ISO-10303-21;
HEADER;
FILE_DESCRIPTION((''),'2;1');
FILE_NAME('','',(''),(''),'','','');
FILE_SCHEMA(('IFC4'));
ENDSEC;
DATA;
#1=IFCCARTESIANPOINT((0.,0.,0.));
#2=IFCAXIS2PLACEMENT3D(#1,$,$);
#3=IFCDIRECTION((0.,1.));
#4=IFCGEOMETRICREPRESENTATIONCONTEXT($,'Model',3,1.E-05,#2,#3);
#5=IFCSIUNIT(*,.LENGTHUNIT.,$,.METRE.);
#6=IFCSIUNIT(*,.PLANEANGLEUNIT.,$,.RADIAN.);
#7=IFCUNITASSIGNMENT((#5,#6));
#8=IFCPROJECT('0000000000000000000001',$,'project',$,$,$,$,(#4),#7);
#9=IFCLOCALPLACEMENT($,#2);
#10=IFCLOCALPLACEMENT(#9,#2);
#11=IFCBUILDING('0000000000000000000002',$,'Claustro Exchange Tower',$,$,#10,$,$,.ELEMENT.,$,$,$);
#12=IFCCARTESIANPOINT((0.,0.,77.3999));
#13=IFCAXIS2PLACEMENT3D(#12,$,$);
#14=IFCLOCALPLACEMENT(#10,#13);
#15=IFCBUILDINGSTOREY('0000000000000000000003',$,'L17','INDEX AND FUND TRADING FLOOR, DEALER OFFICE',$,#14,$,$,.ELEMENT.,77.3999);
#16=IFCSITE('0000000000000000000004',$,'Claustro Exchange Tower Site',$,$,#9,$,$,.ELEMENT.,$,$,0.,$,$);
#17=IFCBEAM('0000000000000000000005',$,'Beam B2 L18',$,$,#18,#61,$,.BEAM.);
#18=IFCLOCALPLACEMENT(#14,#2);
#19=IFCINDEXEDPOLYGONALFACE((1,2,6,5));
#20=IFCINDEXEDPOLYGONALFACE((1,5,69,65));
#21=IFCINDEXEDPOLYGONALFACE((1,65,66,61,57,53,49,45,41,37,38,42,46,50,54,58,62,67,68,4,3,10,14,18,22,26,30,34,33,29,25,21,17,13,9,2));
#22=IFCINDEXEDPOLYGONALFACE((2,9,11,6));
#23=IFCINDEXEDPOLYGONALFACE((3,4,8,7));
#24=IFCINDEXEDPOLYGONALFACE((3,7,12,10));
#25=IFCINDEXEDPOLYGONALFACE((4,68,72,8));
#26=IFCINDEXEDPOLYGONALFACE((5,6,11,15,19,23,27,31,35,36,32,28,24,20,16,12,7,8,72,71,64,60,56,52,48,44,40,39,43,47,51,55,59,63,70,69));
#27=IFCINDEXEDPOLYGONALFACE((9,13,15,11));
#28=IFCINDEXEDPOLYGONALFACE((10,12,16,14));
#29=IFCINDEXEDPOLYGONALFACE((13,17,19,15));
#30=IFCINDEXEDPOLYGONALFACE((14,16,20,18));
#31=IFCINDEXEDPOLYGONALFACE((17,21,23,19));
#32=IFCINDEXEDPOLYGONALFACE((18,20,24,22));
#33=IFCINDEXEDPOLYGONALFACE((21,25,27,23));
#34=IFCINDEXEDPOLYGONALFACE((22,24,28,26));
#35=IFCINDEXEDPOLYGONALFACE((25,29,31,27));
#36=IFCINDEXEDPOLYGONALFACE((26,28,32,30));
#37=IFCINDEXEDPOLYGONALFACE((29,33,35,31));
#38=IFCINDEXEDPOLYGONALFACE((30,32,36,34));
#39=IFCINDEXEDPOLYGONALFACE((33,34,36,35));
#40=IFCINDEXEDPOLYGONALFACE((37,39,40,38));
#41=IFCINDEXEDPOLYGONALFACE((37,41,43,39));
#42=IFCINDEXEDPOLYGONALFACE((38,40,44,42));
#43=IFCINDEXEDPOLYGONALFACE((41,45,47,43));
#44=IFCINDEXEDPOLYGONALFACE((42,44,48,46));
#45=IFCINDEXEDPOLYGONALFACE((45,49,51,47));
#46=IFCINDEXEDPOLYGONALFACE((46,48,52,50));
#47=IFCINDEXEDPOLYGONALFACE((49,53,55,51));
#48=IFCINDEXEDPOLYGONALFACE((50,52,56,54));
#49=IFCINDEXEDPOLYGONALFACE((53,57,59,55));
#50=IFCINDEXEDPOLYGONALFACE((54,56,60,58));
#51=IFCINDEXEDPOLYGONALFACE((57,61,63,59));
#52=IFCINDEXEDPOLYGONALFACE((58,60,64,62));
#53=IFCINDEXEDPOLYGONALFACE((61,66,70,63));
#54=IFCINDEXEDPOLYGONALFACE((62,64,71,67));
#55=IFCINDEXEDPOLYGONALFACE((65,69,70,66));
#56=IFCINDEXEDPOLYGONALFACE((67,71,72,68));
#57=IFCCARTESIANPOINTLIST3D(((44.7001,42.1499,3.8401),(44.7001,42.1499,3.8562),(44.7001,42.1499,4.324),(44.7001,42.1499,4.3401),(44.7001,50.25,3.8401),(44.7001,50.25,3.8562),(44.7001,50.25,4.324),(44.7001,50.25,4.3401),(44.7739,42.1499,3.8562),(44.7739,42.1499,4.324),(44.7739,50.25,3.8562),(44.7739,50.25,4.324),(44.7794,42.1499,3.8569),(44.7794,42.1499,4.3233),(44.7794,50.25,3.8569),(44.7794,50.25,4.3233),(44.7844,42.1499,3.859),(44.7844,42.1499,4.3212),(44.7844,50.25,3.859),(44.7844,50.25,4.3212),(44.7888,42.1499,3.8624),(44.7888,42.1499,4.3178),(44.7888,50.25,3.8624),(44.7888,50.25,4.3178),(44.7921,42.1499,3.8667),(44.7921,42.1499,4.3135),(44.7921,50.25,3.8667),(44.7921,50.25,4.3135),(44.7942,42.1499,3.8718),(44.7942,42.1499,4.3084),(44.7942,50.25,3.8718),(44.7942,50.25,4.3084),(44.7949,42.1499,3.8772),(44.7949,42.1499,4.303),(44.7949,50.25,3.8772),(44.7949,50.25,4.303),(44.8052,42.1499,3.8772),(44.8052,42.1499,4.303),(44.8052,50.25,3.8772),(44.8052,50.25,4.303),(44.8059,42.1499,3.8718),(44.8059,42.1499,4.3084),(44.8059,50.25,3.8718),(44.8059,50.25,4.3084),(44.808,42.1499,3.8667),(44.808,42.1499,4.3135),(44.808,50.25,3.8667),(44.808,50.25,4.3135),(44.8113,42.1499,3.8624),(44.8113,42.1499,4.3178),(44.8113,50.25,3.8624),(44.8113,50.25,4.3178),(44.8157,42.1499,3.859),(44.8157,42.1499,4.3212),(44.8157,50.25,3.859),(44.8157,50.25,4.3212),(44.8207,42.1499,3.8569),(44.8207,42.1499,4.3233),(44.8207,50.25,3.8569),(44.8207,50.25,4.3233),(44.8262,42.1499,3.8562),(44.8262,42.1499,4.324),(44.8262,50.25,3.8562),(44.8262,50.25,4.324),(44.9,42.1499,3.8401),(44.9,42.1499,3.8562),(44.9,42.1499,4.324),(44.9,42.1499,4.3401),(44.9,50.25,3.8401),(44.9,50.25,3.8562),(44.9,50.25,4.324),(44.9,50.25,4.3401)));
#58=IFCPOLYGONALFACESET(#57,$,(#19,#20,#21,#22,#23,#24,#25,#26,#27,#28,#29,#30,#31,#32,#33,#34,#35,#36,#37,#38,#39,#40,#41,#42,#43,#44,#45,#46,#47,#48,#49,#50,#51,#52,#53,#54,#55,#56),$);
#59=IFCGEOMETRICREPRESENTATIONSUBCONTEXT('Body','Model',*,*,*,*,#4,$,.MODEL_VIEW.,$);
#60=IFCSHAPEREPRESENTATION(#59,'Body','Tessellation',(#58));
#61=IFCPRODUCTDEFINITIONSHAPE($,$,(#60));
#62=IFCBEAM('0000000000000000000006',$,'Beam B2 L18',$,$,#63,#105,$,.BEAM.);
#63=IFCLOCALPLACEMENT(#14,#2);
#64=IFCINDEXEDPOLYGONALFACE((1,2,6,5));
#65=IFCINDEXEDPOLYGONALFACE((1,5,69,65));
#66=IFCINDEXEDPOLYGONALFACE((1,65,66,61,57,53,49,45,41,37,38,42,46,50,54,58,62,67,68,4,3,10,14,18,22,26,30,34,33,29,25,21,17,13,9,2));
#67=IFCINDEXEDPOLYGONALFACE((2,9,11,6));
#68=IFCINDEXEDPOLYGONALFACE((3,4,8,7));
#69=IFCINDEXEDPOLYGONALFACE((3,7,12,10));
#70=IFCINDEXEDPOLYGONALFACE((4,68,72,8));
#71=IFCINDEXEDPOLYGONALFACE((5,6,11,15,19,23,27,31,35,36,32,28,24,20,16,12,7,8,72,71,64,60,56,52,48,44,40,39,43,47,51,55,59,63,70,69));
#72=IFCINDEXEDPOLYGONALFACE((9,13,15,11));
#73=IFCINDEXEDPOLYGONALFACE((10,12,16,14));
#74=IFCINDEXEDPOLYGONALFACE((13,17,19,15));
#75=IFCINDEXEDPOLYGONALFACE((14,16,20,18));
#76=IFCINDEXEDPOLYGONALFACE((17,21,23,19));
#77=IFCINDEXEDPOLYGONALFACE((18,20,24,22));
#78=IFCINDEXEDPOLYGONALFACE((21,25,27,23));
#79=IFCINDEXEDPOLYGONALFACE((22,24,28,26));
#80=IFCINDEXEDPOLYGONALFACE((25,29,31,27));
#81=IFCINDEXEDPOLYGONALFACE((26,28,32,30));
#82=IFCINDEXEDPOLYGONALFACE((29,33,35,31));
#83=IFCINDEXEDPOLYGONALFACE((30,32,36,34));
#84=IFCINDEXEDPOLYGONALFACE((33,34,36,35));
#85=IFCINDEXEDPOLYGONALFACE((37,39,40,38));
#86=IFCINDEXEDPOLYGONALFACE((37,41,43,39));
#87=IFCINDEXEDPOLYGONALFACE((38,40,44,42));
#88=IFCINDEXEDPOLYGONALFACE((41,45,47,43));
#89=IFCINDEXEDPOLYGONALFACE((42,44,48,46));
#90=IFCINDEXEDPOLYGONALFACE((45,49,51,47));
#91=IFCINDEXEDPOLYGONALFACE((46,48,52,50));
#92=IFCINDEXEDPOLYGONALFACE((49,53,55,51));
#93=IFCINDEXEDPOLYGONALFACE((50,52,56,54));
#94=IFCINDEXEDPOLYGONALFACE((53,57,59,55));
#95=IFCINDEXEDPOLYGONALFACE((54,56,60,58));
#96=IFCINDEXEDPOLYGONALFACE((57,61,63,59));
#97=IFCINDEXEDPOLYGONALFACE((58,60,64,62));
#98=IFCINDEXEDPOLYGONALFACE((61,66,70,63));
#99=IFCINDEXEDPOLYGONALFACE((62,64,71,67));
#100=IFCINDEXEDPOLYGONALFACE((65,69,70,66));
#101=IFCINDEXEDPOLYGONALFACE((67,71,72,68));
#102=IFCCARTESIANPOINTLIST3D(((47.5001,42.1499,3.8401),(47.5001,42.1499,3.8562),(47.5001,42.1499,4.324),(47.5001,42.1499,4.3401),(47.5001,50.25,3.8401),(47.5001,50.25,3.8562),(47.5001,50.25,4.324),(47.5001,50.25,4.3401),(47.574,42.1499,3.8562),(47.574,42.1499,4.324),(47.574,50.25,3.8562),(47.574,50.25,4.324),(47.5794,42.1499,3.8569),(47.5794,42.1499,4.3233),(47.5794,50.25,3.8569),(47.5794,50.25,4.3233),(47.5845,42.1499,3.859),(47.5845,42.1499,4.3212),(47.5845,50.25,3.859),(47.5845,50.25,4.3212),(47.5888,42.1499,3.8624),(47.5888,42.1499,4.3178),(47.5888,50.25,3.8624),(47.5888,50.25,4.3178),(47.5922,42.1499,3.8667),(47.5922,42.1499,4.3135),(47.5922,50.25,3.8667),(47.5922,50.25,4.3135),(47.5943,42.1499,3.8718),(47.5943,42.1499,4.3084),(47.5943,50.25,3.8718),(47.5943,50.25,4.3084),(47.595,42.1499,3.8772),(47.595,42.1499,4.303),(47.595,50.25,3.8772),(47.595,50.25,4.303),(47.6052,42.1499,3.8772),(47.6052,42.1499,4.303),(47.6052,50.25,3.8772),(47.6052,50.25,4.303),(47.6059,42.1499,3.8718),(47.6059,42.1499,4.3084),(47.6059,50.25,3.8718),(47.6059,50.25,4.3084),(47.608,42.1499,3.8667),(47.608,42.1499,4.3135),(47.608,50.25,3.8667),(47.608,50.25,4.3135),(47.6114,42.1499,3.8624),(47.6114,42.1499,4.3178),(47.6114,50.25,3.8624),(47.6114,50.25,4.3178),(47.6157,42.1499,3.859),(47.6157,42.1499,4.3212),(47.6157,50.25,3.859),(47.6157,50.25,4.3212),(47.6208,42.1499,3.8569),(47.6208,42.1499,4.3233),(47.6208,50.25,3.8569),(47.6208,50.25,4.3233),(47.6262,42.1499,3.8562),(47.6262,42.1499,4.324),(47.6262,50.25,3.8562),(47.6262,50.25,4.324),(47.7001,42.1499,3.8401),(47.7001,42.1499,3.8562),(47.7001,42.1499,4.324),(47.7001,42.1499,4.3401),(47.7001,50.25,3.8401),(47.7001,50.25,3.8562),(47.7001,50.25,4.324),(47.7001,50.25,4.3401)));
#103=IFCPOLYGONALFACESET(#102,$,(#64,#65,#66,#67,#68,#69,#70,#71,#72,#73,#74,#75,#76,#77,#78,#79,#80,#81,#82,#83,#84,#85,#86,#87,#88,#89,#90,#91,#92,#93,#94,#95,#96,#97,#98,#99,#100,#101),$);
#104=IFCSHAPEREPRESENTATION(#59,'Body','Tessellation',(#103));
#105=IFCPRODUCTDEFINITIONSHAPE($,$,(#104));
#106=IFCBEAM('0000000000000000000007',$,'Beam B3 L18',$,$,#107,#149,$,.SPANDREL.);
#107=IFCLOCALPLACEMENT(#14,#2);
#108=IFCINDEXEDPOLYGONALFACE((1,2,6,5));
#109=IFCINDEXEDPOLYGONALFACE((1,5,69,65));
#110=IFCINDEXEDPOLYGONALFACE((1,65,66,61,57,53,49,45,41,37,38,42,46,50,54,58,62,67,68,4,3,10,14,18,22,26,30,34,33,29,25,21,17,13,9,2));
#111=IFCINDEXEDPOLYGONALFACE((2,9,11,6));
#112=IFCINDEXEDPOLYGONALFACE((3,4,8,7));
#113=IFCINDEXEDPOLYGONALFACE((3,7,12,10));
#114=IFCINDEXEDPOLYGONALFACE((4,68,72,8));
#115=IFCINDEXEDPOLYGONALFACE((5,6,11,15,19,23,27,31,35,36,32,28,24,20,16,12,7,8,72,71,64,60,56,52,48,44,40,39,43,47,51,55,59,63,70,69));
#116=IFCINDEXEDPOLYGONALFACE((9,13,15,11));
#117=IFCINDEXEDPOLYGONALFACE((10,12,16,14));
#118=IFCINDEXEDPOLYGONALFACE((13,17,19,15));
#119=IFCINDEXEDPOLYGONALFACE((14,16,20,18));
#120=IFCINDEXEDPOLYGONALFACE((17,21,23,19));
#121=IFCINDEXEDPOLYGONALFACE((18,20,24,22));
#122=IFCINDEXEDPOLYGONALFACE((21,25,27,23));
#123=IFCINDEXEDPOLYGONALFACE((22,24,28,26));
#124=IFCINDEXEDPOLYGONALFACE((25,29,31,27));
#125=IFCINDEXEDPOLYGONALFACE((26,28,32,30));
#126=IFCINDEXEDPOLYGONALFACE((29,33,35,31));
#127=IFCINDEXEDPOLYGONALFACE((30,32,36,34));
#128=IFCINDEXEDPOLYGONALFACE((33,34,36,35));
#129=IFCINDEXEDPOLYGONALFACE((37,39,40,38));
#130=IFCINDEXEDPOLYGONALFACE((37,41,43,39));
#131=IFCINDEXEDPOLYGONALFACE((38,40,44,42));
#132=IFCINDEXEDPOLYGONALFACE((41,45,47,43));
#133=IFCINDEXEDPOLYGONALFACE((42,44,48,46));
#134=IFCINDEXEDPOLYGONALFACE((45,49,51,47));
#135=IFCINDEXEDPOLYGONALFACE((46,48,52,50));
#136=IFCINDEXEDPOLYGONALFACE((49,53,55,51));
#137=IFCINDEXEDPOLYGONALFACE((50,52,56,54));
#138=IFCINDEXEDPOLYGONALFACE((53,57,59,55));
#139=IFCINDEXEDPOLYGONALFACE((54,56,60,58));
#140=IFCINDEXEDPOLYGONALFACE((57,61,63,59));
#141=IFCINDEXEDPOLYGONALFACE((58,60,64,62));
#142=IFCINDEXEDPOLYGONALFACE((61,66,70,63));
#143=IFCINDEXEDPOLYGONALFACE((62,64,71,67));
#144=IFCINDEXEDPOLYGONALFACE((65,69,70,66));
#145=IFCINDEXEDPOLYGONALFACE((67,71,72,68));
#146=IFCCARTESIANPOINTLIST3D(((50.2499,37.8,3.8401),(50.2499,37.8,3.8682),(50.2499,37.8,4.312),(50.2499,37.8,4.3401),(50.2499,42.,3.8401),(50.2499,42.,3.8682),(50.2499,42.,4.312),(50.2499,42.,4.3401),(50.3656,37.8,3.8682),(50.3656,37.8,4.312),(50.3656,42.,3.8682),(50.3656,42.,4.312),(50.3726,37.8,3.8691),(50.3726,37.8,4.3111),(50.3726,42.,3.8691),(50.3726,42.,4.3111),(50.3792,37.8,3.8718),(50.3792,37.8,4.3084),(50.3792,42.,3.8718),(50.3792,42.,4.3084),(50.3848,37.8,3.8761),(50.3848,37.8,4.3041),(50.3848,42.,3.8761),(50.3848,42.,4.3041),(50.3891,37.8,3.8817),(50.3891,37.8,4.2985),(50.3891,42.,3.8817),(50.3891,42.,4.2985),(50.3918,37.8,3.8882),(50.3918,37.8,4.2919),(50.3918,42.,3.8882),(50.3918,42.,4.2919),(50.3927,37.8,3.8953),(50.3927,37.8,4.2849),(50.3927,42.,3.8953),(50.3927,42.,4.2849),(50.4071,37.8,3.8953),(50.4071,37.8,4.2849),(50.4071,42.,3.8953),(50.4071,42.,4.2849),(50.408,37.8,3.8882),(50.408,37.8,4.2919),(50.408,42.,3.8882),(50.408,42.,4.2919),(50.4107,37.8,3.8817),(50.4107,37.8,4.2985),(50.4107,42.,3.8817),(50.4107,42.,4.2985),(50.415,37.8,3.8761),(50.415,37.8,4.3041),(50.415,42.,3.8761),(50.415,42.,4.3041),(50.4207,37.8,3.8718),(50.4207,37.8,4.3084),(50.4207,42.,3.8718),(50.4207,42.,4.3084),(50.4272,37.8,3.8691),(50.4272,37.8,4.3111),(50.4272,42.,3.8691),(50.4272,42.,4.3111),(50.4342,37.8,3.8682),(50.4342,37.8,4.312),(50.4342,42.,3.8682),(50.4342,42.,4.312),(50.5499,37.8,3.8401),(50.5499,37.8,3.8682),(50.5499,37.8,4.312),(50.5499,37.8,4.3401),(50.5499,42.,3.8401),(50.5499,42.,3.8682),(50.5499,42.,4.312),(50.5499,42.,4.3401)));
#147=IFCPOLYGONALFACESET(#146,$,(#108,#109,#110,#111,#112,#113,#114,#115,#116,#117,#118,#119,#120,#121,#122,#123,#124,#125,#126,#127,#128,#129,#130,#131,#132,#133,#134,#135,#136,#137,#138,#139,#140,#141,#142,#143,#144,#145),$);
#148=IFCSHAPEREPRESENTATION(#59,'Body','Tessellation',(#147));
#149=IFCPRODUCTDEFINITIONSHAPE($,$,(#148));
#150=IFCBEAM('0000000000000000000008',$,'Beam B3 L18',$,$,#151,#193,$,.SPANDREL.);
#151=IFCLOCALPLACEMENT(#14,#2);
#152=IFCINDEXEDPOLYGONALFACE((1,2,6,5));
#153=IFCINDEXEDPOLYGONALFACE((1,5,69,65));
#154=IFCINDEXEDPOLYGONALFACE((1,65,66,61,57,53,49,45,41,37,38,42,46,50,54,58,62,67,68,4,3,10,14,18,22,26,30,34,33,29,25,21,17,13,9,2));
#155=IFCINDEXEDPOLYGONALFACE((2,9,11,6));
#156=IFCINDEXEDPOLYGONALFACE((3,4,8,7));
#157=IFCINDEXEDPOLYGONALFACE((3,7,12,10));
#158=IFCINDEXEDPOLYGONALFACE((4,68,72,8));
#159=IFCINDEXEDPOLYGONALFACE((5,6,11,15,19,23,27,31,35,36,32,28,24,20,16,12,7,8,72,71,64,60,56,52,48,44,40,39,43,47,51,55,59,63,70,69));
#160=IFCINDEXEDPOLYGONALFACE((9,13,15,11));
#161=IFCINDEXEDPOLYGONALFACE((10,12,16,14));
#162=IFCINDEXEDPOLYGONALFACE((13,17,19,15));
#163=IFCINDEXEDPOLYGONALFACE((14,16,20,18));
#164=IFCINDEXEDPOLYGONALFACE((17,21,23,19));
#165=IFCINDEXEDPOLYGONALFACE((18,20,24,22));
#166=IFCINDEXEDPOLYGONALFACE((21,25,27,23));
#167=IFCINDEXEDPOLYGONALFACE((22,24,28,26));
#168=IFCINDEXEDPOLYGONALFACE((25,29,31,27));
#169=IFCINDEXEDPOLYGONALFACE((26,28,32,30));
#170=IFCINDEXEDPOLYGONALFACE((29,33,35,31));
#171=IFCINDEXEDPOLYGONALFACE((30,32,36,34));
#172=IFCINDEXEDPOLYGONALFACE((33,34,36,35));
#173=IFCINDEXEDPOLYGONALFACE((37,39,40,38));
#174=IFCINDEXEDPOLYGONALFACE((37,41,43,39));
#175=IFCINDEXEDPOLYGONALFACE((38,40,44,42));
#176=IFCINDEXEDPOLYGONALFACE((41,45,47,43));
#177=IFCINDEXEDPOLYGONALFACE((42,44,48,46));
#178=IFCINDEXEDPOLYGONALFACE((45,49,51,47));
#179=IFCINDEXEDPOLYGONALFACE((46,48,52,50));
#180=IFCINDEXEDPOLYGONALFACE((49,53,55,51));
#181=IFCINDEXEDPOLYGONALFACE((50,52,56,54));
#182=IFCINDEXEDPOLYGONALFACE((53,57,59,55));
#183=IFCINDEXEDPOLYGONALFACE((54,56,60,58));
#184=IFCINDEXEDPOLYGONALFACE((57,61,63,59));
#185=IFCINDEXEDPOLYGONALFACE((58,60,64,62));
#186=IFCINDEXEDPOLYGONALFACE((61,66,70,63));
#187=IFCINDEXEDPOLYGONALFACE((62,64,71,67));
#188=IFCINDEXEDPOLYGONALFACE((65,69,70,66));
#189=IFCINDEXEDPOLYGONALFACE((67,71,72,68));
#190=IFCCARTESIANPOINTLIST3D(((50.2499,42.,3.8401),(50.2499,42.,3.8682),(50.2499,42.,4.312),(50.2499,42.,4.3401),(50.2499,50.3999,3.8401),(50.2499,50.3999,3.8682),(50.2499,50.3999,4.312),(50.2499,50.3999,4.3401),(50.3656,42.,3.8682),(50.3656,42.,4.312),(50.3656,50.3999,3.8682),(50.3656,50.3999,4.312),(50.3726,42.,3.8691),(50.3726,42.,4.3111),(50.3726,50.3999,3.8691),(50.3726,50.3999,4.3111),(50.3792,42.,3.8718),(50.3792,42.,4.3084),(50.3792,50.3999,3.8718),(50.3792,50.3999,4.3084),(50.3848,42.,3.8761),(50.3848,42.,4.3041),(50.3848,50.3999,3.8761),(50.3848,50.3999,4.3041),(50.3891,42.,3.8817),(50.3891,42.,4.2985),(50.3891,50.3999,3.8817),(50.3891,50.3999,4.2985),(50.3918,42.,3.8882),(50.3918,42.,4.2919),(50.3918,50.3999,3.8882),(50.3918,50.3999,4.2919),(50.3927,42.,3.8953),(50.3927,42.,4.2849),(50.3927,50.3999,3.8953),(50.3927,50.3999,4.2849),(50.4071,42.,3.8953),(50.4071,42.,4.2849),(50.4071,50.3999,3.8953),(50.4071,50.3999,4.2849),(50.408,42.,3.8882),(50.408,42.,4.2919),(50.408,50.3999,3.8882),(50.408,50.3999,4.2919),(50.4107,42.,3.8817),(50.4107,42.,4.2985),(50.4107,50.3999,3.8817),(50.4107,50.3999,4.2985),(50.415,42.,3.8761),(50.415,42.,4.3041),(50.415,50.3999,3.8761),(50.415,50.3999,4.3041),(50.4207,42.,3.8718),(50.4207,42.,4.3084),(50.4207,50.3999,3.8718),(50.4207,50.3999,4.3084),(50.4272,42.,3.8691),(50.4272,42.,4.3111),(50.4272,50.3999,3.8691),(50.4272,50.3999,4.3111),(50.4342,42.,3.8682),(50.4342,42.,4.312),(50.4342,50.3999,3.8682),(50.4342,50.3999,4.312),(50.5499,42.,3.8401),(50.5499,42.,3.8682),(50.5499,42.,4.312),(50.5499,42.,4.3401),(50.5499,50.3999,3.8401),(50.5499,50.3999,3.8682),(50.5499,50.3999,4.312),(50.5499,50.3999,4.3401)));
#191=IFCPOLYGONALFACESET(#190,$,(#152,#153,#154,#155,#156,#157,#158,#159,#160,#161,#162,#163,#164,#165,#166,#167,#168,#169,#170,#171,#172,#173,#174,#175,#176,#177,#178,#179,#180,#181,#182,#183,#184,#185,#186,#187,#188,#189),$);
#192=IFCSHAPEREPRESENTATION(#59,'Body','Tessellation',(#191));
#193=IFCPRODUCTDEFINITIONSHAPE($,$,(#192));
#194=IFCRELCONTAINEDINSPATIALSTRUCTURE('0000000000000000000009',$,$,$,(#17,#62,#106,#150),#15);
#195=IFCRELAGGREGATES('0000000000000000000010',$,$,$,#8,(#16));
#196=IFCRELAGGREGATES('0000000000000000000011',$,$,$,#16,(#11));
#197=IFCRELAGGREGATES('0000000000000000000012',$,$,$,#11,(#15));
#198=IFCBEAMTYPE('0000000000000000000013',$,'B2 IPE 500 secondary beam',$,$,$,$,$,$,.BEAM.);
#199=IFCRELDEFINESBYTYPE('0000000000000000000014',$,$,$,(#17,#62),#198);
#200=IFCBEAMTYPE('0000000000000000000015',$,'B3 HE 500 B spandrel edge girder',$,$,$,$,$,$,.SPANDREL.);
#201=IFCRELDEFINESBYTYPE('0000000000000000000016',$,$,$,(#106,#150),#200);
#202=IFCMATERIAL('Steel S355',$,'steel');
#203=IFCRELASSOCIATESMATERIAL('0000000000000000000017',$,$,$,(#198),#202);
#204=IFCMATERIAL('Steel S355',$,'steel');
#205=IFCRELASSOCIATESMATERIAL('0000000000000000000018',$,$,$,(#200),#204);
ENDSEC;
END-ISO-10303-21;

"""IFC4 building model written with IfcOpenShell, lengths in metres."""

from ifc_helpers import new_model, si_unit, direction, frame, origin, origin_2d, place, context, subcontext, project, spatial, i_section, extrude, material, material_profile, profile_set, type_object, element, save


model = new_model("IFC4")

# Units and contexts
model_context = context("Model", 3, precision=1e-05, world=origin(), true_north=direction((0.0, 1.0)))
body_context = subcontext(model_context, "Body", "Model", "MODEL_VIEW")
ifc_project = project(units=[si_unit("LENGTHUNIT", "METRE"), si_unit("PLANEANGLEUNIT", "RADIAN")], contexts=[model_context])

# Site, building, storey
site_placement = place(None, origin())
site = spatial("IfcSite", under=ifc_project, at=site_placement, Name="Claustro Exchange Tower Site", CompositionType="ELEMENT", RefElevation=0.0)
building_placement = place(site_placement, origin())
building = spatial("IfcBuilding", under=site, at=building_placement, Name="Claustro Exchange Tower", CompositionType="ELEMENT")
storey_placement = place(building_placement, frame((0.0, 0.0, 77.3999)))
storey = spatial("IfcBuildingStorey", under=building, at=storey_placement, Name="L17", Description="INDEX AND FUND TRADING FLOOR, DEALER OFFICE", CompositionType="ELEMENT", Elevation=77.3999)

# Beams
ifc_material_1 = material(Name="Steel S355", Category="steel")
ifc_material_profile_1 = material_profile(ifc_material_1, i_section(OverallWidth=0.2, OverallDepth=0.5, WebThickness=0.0103, FlangeThickness=0.0161, FilletRadius=0.021, at=origin_2d()), Name="IPE 500")
ifc_profile_set_1 = profile_set([ifc_material_profile_1], Name="Steel S355")
beam_type_1 = type_object("IfcBeamType", Name="B2 IPE 500 secondary beam", PredefinedType="BEAM", material=ifc_profile_set_1)
for number, where, z_axis, x_axis, name in (
    (1, (44.8, 42.1499, 4.0901), (0.0, 1.0, 0.0), (-1.0, 0.0, 0.0), "Beam B2 L18"),
    (2, (47.6001, 42.1499, 4.0901), (0.0, 1.0, 0.0), (-1.0, 0.0, 0.0), "Beam B2 L18"),
):
    element("IfcBeam", number, at=place(storey_placement, frame(where, z_axis=z_axis, x_axis=x_axis)), inside=storey, type_object=beam_type_1, Name=name, PredefinedType="BEAM", context=body_context, shape_type="SweptSolid", body=[
        extrude(i_section(OverallWidth=0.2, OverallDepth=0.5, WebThickness=0.0103, FlangeThickness=0.0161, FilletRadius=0.021, at=origin_2d()), origin(), (0.0, 0.0, 1.0), 8.1001),
    ])
ifc_material_2 = material(Name="Steel S355", Category="steel")
ifc_material_profile_2 = material_profile(ifc_material_2, i_section(OverallWidth=0.3, OverallDepth=0.5, WebThickness=0.0144, FlangeThickness=0.0281, FilletRadius=0.0271, at=origin_2d()), Name="HE 500 B")
ifc_profile_set_2 = profile_set([ifc_material_profile_2], Name="Steel S355")
beam_type_2 = type_object("IfcBeamType", Name="B3 HE 500 B spandrel edge girder", PredefinedType="SPANDREL", material=ifc_profile_set_2)
beam_placement = place(storey_placement, frame((50.3999, 37.8, 4.0901), z_axis=(0.0, 1.0, 0.0), x_axis=(-1.0, 0.0, 0.0)))
element("IfcBeam", 3, at=beam_placement, inside=storey, type_object=beam_type_2, Name="Beam B3 L18", PredefinedType="SPANDREL", context=body_context, shape_type="SweptSolid", body=[
    extrude(i_section(OverallWidth=0.3, OverallDepth=0.5, WebThickness=0.0144, FlangeThickness=0.0281, FilletRadius=0.0271, at=origin_2d()), origin(), (0.0, 0.0, 1.0), 4.2),
])
for number, where, z_axis, x_axis, name in (
    (4, (50.3999, 42.0, 4.0901), (0.0, 1.0, 0.0), (-1.0, 0.0, 0.0), "Beam B3 L18"),
):
    element("IfcBeam", number, at=place(storey_placement, frame(where, z_axis=z_axis, x_axis=x_axis)), inside=storey, type_object=beam_type_2, Name=name, PredefinedType="SPANDREL", context=body_context, shape_type="SweptSolid", body=[
        extrude(i_section(OverallWidth=0.3, OverallDepth=0.5, WebThickness=0.0144, FlangeThickness=0.0281, FilletRadius=0.0271, at=origin_2d()), origin(), (0.0, 0.0, 1.0), 8.3999),
    ])

save(model, "model.ifc")
